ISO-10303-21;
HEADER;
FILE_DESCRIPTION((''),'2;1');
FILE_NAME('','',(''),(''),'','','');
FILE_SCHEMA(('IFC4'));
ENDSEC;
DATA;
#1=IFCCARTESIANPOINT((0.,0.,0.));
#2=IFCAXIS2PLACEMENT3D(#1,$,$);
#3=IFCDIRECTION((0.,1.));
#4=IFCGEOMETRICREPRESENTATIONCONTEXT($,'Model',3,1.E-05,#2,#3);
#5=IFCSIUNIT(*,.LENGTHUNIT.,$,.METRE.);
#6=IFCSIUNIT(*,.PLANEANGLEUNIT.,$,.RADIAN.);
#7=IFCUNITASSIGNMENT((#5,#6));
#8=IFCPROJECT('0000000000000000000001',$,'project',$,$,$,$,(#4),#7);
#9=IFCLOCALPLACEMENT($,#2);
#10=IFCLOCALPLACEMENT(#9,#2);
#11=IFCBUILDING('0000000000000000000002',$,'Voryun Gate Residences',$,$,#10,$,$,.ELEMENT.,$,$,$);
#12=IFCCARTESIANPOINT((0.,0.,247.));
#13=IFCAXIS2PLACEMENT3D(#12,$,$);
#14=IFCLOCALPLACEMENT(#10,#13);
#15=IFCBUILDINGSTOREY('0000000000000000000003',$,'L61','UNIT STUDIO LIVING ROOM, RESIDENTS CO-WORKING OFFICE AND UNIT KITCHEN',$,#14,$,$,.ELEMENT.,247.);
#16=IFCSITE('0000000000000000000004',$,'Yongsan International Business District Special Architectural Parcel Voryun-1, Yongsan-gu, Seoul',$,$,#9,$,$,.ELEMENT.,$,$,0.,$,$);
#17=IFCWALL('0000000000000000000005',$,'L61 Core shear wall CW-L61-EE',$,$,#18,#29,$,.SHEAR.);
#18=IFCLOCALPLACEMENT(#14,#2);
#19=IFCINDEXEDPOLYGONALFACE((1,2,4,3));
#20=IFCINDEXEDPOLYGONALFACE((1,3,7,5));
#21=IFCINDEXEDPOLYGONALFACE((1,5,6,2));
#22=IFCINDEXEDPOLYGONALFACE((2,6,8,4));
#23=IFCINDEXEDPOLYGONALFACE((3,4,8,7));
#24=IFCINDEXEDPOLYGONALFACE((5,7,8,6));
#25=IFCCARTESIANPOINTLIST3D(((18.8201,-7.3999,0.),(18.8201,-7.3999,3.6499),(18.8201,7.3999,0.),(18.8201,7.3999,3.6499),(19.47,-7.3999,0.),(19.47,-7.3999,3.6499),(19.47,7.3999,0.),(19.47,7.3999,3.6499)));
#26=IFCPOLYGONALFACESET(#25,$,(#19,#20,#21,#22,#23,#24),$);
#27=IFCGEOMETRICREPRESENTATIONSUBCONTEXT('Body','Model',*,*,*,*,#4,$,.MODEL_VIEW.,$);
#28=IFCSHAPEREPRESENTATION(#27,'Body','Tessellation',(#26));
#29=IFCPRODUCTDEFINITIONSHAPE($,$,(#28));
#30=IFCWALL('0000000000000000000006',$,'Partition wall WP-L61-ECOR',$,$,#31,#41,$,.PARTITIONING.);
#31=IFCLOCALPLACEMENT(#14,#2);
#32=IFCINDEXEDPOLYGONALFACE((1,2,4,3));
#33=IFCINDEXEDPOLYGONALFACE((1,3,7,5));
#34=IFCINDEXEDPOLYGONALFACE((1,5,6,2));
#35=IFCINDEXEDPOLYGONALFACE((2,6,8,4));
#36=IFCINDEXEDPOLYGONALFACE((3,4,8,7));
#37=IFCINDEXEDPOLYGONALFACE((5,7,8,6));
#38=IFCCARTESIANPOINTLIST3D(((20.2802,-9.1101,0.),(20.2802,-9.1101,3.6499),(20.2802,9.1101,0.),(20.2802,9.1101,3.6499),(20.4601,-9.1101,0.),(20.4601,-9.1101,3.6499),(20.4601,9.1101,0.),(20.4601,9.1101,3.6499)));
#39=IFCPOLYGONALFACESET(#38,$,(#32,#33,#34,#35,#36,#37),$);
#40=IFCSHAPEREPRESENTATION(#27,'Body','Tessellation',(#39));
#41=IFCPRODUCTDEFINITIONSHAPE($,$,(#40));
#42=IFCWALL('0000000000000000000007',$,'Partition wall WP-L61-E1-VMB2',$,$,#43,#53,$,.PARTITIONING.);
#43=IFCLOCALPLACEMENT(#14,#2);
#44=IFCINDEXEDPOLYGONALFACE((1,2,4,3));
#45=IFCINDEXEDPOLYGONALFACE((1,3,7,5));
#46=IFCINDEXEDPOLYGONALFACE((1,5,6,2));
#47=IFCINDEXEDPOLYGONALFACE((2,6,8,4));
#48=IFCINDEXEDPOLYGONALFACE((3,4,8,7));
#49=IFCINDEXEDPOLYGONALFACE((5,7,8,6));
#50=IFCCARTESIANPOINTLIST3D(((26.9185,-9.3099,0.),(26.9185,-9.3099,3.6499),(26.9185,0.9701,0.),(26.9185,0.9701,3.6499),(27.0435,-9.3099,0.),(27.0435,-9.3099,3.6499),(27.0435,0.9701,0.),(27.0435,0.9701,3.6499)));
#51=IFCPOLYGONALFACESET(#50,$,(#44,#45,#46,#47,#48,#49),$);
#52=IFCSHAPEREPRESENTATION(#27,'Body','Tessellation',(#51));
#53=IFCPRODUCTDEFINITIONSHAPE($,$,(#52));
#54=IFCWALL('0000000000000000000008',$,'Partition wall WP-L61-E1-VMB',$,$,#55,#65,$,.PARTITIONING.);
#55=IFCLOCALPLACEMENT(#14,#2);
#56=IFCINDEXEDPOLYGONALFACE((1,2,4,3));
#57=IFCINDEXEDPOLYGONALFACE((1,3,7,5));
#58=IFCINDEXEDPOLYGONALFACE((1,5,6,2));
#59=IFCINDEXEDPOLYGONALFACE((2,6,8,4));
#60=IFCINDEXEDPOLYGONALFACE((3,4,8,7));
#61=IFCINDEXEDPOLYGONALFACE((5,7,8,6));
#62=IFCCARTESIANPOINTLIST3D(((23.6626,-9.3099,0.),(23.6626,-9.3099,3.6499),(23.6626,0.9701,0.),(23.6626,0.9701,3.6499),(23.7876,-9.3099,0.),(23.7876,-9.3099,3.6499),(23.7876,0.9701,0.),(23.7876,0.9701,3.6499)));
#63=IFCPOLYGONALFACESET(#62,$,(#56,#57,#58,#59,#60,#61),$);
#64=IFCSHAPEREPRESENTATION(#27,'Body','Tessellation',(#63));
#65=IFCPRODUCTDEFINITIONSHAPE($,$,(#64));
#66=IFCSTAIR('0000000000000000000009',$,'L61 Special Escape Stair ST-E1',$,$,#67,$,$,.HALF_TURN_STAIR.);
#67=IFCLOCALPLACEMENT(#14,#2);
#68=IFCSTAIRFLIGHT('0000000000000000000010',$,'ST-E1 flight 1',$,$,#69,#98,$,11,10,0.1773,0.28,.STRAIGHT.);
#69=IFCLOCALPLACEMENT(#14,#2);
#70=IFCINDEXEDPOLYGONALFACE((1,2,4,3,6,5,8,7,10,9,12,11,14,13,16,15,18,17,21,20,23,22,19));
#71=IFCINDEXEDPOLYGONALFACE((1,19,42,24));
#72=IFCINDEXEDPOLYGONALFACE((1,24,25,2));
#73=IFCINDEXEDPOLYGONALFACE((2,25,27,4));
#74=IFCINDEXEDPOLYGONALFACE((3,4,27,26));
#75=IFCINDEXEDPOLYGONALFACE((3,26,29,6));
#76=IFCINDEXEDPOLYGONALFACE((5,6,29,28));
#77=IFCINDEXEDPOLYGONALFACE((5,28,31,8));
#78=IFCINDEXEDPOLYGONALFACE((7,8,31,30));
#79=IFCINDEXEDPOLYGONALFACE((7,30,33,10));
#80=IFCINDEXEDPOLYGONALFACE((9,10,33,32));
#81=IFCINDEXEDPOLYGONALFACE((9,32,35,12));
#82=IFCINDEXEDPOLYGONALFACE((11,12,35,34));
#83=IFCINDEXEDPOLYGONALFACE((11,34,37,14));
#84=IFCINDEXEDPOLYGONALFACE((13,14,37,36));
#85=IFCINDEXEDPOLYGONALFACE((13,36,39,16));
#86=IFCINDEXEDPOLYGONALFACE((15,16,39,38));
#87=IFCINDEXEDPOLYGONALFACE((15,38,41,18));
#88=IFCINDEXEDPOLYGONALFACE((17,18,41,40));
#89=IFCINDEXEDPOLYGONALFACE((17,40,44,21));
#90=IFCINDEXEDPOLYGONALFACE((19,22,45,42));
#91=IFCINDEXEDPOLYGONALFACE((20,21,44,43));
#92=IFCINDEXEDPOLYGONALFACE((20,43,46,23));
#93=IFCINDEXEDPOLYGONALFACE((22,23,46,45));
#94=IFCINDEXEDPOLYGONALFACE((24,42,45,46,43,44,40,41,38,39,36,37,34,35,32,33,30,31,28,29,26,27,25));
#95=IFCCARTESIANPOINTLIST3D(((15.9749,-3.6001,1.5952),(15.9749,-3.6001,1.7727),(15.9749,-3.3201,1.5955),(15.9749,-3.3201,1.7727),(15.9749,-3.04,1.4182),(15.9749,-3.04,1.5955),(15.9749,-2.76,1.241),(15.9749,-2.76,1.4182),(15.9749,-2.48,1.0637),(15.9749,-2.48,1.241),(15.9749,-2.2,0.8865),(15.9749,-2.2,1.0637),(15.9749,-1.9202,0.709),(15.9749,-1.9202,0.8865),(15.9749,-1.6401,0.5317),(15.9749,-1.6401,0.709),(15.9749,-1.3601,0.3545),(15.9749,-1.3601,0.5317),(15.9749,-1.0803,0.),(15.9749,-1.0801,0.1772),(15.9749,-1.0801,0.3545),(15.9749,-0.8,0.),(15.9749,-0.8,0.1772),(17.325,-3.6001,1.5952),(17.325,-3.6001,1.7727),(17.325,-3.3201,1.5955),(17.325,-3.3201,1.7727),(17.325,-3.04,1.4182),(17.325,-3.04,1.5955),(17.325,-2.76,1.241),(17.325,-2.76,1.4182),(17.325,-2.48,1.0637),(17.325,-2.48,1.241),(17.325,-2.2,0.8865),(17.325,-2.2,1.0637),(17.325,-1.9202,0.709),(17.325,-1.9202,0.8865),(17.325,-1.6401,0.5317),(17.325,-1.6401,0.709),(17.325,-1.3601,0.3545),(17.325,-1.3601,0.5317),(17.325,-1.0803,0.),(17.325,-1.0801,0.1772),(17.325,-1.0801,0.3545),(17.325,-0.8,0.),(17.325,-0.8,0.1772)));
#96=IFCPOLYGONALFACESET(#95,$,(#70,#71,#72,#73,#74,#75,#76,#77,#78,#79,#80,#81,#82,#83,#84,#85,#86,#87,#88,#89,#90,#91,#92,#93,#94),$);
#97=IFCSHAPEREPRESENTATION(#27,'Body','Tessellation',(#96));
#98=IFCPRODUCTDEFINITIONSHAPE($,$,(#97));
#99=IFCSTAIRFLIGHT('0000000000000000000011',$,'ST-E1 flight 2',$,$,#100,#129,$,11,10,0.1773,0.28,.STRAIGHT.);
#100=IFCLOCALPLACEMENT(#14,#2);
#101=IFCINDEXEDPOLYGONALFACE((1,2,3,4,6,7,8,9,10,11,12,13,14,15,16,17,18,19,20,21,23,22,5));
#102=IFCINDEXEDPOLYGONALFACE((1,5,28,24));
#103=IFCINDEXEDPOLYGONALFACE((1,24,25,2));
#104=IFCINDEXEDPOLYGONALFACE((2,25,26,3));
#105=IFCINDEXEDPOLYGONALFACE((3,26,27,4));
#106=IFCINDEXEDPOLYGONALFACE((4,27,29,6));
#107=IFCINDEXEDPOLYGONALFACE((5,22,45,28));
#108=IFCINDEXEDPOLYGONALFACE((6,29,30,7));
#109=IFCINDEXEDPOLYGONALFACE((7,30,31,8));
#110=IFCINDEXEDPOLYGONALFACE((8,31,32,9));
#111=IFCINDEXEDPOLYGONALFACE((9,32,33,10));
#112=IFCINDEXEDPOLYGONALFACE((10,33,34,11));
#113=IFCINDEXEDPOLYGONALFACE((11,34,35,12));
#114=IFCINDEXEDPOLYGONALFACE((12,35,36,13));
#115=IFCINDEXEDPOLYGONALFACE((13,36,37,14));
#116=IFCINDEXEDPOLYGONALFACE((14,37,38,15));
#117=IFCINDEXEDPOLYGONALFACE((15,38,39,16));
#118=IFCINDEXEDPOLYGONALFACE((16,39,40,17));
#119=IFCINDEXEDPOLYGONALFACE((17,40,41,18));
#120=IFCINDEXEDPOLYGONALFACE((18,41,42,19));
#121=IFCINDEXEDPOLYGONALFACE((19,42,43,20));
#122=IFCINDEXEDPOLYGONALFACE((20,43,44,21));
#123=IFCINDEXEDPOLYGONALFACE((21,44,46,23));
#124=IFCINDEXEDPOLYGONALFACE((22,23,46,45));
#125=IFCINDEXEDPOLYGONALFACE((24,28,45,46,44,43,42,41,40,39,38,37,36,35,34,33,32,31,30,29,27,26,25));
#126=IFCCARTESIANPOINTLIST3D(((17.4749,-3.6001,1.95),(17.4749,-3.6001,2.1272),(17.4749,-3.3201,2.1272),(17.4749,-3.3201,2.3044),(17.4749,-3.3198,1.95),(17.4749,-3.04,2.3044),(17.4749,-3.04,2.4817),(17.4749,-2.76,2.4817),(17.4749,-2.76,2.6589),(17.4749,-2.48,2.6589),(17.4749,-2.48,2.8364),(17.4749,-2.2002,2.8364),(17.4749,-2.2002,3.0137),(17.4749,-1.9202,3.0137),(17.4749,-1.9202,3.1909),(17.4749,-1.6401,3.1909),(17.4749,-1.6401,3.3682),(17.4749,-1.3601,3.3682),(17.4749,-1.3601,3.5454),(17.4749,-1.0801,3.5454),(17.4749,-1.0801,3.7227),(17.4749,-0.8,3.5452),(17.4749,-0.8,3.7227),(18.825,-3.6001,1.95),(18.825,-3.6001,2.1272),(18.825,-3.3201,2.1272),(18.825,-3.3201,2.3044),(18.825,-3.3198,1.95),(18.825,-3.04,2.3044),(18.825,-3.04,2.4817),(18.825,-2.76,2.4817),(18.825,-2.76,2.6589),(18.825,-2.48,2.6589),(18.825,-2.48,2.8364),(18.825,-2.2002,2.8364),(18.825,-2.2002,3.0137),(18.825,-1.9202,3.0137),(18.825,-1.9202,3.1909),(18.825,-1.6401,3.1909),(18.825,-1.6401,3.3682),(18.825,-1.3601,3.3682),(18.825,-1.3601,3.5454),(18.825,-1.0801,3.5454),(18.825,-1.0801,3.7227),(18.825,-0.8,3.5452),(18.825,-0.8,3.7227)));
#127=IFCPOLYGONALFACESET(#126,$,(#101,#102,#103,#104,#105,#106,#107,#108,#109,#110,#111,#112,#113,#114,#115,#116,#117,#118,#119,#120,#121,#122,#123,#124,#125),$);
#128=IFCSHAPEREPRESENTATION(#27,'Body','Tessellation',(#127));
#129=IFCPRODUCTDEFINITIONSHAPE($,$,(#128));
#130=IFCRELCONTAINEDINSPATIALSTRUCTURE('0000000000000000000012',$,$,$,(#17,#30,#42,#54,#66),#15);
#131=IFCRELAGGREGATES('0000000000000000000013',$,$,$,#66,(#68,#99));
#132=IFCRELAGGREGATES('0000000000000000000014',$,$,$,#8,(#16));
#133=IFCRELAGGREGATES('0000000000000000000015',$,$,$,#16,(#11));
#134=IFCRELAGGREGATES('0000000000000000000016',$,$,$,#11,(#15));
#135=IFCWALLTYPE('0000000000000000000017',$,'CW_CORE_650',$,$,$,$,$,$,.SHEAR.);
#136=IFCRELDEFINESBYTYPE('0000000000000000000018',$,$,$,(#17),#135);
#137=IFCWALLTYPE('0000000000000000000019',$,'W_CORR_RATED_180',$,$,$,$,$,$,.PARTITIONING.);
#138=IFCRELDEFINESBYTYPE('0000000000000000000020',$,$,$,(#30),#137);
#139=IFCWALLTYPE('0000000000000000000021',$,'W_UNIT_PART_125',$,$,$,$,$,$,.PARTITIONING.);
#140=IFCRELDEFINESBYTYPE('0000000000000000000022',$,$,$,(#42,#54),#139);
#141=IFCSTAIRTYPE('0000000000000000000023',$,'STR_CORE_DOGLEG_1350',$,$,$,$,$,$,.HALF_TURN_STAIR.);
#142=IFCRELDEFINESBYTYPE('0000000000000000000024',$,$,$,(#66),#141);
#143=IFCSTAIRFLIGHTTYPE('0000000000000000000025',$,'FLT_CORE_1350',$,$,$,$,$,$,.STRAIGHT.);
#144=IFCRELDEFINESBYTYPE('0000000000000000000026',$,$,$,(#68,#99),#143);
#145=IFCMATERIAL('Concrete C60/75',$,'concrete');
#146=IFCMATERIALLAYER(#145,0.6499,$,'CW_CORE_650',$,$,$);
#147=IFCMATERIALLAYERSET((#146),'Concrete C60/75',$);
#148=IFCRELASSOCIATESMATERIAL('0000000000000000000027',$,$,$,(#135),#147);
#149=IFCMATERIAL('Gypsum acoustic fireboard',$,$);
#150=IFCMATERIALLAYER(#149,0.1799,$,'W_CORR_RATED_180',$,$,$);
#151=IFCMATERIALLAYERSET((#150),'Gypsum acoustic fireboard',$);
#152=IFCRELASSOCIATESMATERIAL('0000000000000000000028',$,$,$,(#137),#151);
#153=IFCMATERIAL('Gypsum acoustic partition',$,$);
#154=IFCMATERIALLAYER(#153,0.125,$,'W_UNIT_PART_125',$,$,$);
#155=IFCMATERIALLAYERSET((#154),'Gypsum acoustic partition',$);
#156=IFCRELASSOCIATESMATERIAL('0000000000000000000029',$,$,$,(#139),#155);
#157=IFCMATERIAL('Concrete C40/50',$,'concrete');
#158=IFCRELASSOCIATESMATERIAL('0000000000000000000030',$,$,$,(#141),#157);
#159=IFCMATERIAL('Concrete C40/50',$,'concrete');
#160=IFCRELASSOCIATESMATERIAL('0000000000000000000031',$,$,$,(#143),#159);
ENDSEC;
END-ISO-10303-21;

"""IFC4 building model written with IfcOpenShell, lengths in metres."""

from ifc_helpers import new_model, si_unit, direction, frame, frame_2d, origin, place, context, subcontext, project, spatial, polyline, rectangle, outline, extrude, material, layer, layer_set, type_object, element, aggregate, save


model = new_model("IFC4")

# Units and contexts
model_context = context("Model", 3, precision=1e-05, world=origin(), true_north=direction((0.0, 1.0)))
body_context = subcontext(model_context, "Body", "Model", "MODEL_VIEW")
ifc_project = project(units=[si_unit("LENGTHUNIT", "METRE"), si_unit("PLANEANGLEUNIT", "RADIAN")], contexts=[model_context])

# Site, building, storey
site_placement = place(None, origin())
site = spatial("IfcSite", under=ifc_project, at=site_placement, Name="Yongsan International Business District Special Architectural Parcel Voryun-1, Yongsan-gu, Seoul", CompositionType="ELEMENT", RefElevation=0.0)
building_placement = place(site_placement, origin())
building = spatial("IfcBuilding", under=site, at=building_placement, Name="Voryun Gate Residences", CompositionType="ELEMENT")
storey_placement = place(building_placement, frame((0.0, 0.0, 247.0)))
storey = spatial("IfcBuildingStorey", under=building, at=storey_placement, Name="L61", Description="UNIT STUDIO LIVING ROOM, RESIDENTS CO-WORKING OFFICE AND UNIT KITCHEN", CompositionType="ELEMENT", Elevation=247.0)

# Walls
ifc_material_1 = material(Name="Concrete C60/75", Category="concrete")
ifc_layer_1 = layer(ifc_material_1, 0.6499, Name="CW_CORE_650")
ifc_layer_set_1 = layer_set([ifc_layer_1], Name="Concrete C60/75")
wall_type_1 = type_object("IfcWallType", Name="CW_CORE_650", PredefinedType="SHEAR", material=ifc_layer_set_1)
wall_1_placement = place(storey_placement, frame((19.145, -7.3999, 0.0), z_axis=(0.0, 0.0, 1.0), x_axis=(0.0, 1.0, 0.0)))
element("IfcWall", 1, at=wall_1_placement, inside=storey, type_object=wall_type_1, Name="L61 Core shear wall CW-L61-EE", PredefinedType="SHEAR", context=body_context, shape_type="SweptSolid", body=[
    extrude(rectangle(XDim=14.7998, YDim=0.6499, at=frame_2d((7.3999, 0.0))), origin(), (0.0, 0.0, 1.0), 3.6499),
])
ifc_material_2 = material(Name="Gypsum acoustic fireboard")
ifc_layer_2 = layer(ifc_material_2, 0.1799, Name="W_CORR_RATED_180")
ifc_layer_set_2 = layer_set([ifc_layer_2], Name="Gypsum acoustic fireboard")
wall_type_2 = type_object("IfcWallType", Name="W_CORR_RATED_180", PredefinedType="PARTITIONING", material=ifc_layer_set_2)
wall_2_placement = place(storey_placement, frame((20.3701, -9.1101, 0.0), z_axis=(0.0, 0.0, 1.0), x_axis=(0.0, 1.0, 0.0)))
element("IfcWall", 2, at=wall_2_placement, inside=storey, type_object=wall_type_2, Name="Partition wall WP-L61-ECOR", PredefinedType="PARTITIONING", context=body_context, shape_type="SweptSolid", body=[
    extrude(rectangle(XDim=18.2202, YDim=0.1799, at=frame_2d((9.1101, 0.0))), origin(), (0.0, 0.0, 1.0), 3.6499),
])
ifc_material_3 = material(Name="Gypsum acoustic partition")
ifc_layer_3 = layer(ifc_material_3, 0.125, Name="W_UNIT_PART_125")
ifc_layer_set_3 = layer_set([ifc_layer_3], Name="Gypsum acoustic partition")
wall_type_3 = type_object("IfcWallType", Name="W_UNIT_PART_125", PredefinedType="PARTITIONING", material=ifc_layer_set_3)
for number, where, z_axis, x_axis, name in (
    (3, (26.981, -9.3101, 0.0), (0.0, 0.0, 1.0), (0.0, 1.0, 0.0), "Partition wall WP-L61-E1-VMB2"),
    (4, (23.7251, -9.3101, 0.0), (0.0, 0.0, 1.0), (0.0, 1.0, 0.0), "Partition wall WP-L61-E1-VMB"),
):
    element("IfcWall", number, at=place(storey_placement, frame(where, z_axis=z_axis, x_axis=x_axis)), inside=storey, type_object=wall_type_3, Name=name, PredefinedType="PARTITIONING", context=body_context, shape_type="SweptSolid", body=[
        extrude(rectangle(XDim=10.28, YDim=0.125, at=frame_2d((5.1401, 0.0))), origin(), (0.0, 0.0, 1.0), 3.6499),
    ])

# Stair, stair flights
ifc_material_4 = material(Name="Concrete C40/50", Category="concrete")
stair_type = type_object("IfcStairType", Name="STR_CORE_DOGLEG_1350", PredefinedType="HALF_TURN_STAIR", material=ifc_material_4)
stair_placement = place(storey_placement, origin())
stair = element("IfcStair", 5, at=stair_placement, inside=storey, type_object=stair_type, Name="L61 Special Escape Stair ST-E1", PredefinedType="HALF_TURN_STAIR")
ifc_material_5 = material(Name="Concrete C40/50", Category="concrete")
stair_flight_type = type_object("IfcStairFlightType", Name="FLT_CORE_1350", PredefinedType="STRAIGHT", material=ifc_material_5)
stair_flight_1_placement = place(storey_placement, frame((16.6499, -0.8, 0.0), z_axis=(0.0, 0.0, 1.0), x_axis=(0.0, -1.0, 0.0)))
stair_flight_1 = element("IfcStairFlight", 6, at=stair_flight_1_placement, type_object=stair_flight_type, Name="ST-E1 flight 1", NumberOfRisers=11, NumberOfTreads=10, PredefinedType="STRAIGHT", RiserHeight=0.1773, TreadLength=0.28, context=body_context, shape_type="SweptSolid", body=[
    extrude(outline(polyline([(0.0, 0.0), (0.0, 0.1772), (0.28, 0.1772), (0.28, 0.3545), (0.5601, 0.3545), (0.5601, 0.5317), (0.8401, 0.5317), (0.8401, 0.709), (1.1201, 0.709), (1.1201, 0.8865), (1.3999, 0.8865), (1.3999, 1.0637), (1.6799, 1.0637), (1.6799, 1.241), (1.96, 1.241), (1.96, 1.4182), (2.24, 1.4182), (2.24, 1.5955), (2.52, 1.5955), (2.52, 1.7727), (2.8, 1.7727), (2.8, 1.95), (2.8, 1.5952), (0.2803, 0.0), (0.0, 0.0)])), frame((0.0, 0.675, 0.0), z_axis=(0.0, -1.0, 0.0), x_axis=(1.0, 0.0, 0.0)), (0.0, 0.0, 1.0), 1.3501),
])
stair_flight_2_placement = place(storey_placement, frame((18.1499, -3.6001, 1.95), z_axis=(0.0, 0.0, 1.0), x_axis=(0.0, 1.0, 0.0)))
stair_flight_2 = element("IfcStairFlight", 7, at=stair_flight_2_placement, type_object=stair_flight_type, Name="ST-E1 flight 2", NumberOfRisers=11, NumberOfTreads=10, PredefinedType="STRAIGHT", RiserHeight=0.1773, TreadLength=0.28, context=body_context, shape_type="SweptSolid", body=[
    extrude(outline(polyline([(0.0, 0.0), (0.0, 0.1772), (0.28, 0.1772), (0.28, 0.3545), (0.5601, 0.3545), (0.5601, 0.5317), (0.8401, 0.5317), (0.8401, 0.709), (1.1201, 0.709), (1.1201, 0.8865), (1.3999, 0.8865), (1.3999, 1.0637), (1.6799, 1.0637), (1.6799, 1.241), (1.96, 1.241), (1.96, 1.4182), (2.24, 1.4182), (2.24, 1.5955), (2.52, 1.5955), (2.52, 1.7727), (2.8, 1.7727), (2.8, 1.95), (2.8, 1.5952), (0.2803, 0.0), (0.0, 0.0)])), frame((0.0, 0.675, 0.0), z_axis=(0.0, -1.0, 0.0), x_axis=(1.0, 0.0, 0.0)), (0.0, 0.0, 1.0), 1.3501),
])
aggregate(stair, [stair_flight_1, stair_flight_2])

save(model, "model.ifc")
